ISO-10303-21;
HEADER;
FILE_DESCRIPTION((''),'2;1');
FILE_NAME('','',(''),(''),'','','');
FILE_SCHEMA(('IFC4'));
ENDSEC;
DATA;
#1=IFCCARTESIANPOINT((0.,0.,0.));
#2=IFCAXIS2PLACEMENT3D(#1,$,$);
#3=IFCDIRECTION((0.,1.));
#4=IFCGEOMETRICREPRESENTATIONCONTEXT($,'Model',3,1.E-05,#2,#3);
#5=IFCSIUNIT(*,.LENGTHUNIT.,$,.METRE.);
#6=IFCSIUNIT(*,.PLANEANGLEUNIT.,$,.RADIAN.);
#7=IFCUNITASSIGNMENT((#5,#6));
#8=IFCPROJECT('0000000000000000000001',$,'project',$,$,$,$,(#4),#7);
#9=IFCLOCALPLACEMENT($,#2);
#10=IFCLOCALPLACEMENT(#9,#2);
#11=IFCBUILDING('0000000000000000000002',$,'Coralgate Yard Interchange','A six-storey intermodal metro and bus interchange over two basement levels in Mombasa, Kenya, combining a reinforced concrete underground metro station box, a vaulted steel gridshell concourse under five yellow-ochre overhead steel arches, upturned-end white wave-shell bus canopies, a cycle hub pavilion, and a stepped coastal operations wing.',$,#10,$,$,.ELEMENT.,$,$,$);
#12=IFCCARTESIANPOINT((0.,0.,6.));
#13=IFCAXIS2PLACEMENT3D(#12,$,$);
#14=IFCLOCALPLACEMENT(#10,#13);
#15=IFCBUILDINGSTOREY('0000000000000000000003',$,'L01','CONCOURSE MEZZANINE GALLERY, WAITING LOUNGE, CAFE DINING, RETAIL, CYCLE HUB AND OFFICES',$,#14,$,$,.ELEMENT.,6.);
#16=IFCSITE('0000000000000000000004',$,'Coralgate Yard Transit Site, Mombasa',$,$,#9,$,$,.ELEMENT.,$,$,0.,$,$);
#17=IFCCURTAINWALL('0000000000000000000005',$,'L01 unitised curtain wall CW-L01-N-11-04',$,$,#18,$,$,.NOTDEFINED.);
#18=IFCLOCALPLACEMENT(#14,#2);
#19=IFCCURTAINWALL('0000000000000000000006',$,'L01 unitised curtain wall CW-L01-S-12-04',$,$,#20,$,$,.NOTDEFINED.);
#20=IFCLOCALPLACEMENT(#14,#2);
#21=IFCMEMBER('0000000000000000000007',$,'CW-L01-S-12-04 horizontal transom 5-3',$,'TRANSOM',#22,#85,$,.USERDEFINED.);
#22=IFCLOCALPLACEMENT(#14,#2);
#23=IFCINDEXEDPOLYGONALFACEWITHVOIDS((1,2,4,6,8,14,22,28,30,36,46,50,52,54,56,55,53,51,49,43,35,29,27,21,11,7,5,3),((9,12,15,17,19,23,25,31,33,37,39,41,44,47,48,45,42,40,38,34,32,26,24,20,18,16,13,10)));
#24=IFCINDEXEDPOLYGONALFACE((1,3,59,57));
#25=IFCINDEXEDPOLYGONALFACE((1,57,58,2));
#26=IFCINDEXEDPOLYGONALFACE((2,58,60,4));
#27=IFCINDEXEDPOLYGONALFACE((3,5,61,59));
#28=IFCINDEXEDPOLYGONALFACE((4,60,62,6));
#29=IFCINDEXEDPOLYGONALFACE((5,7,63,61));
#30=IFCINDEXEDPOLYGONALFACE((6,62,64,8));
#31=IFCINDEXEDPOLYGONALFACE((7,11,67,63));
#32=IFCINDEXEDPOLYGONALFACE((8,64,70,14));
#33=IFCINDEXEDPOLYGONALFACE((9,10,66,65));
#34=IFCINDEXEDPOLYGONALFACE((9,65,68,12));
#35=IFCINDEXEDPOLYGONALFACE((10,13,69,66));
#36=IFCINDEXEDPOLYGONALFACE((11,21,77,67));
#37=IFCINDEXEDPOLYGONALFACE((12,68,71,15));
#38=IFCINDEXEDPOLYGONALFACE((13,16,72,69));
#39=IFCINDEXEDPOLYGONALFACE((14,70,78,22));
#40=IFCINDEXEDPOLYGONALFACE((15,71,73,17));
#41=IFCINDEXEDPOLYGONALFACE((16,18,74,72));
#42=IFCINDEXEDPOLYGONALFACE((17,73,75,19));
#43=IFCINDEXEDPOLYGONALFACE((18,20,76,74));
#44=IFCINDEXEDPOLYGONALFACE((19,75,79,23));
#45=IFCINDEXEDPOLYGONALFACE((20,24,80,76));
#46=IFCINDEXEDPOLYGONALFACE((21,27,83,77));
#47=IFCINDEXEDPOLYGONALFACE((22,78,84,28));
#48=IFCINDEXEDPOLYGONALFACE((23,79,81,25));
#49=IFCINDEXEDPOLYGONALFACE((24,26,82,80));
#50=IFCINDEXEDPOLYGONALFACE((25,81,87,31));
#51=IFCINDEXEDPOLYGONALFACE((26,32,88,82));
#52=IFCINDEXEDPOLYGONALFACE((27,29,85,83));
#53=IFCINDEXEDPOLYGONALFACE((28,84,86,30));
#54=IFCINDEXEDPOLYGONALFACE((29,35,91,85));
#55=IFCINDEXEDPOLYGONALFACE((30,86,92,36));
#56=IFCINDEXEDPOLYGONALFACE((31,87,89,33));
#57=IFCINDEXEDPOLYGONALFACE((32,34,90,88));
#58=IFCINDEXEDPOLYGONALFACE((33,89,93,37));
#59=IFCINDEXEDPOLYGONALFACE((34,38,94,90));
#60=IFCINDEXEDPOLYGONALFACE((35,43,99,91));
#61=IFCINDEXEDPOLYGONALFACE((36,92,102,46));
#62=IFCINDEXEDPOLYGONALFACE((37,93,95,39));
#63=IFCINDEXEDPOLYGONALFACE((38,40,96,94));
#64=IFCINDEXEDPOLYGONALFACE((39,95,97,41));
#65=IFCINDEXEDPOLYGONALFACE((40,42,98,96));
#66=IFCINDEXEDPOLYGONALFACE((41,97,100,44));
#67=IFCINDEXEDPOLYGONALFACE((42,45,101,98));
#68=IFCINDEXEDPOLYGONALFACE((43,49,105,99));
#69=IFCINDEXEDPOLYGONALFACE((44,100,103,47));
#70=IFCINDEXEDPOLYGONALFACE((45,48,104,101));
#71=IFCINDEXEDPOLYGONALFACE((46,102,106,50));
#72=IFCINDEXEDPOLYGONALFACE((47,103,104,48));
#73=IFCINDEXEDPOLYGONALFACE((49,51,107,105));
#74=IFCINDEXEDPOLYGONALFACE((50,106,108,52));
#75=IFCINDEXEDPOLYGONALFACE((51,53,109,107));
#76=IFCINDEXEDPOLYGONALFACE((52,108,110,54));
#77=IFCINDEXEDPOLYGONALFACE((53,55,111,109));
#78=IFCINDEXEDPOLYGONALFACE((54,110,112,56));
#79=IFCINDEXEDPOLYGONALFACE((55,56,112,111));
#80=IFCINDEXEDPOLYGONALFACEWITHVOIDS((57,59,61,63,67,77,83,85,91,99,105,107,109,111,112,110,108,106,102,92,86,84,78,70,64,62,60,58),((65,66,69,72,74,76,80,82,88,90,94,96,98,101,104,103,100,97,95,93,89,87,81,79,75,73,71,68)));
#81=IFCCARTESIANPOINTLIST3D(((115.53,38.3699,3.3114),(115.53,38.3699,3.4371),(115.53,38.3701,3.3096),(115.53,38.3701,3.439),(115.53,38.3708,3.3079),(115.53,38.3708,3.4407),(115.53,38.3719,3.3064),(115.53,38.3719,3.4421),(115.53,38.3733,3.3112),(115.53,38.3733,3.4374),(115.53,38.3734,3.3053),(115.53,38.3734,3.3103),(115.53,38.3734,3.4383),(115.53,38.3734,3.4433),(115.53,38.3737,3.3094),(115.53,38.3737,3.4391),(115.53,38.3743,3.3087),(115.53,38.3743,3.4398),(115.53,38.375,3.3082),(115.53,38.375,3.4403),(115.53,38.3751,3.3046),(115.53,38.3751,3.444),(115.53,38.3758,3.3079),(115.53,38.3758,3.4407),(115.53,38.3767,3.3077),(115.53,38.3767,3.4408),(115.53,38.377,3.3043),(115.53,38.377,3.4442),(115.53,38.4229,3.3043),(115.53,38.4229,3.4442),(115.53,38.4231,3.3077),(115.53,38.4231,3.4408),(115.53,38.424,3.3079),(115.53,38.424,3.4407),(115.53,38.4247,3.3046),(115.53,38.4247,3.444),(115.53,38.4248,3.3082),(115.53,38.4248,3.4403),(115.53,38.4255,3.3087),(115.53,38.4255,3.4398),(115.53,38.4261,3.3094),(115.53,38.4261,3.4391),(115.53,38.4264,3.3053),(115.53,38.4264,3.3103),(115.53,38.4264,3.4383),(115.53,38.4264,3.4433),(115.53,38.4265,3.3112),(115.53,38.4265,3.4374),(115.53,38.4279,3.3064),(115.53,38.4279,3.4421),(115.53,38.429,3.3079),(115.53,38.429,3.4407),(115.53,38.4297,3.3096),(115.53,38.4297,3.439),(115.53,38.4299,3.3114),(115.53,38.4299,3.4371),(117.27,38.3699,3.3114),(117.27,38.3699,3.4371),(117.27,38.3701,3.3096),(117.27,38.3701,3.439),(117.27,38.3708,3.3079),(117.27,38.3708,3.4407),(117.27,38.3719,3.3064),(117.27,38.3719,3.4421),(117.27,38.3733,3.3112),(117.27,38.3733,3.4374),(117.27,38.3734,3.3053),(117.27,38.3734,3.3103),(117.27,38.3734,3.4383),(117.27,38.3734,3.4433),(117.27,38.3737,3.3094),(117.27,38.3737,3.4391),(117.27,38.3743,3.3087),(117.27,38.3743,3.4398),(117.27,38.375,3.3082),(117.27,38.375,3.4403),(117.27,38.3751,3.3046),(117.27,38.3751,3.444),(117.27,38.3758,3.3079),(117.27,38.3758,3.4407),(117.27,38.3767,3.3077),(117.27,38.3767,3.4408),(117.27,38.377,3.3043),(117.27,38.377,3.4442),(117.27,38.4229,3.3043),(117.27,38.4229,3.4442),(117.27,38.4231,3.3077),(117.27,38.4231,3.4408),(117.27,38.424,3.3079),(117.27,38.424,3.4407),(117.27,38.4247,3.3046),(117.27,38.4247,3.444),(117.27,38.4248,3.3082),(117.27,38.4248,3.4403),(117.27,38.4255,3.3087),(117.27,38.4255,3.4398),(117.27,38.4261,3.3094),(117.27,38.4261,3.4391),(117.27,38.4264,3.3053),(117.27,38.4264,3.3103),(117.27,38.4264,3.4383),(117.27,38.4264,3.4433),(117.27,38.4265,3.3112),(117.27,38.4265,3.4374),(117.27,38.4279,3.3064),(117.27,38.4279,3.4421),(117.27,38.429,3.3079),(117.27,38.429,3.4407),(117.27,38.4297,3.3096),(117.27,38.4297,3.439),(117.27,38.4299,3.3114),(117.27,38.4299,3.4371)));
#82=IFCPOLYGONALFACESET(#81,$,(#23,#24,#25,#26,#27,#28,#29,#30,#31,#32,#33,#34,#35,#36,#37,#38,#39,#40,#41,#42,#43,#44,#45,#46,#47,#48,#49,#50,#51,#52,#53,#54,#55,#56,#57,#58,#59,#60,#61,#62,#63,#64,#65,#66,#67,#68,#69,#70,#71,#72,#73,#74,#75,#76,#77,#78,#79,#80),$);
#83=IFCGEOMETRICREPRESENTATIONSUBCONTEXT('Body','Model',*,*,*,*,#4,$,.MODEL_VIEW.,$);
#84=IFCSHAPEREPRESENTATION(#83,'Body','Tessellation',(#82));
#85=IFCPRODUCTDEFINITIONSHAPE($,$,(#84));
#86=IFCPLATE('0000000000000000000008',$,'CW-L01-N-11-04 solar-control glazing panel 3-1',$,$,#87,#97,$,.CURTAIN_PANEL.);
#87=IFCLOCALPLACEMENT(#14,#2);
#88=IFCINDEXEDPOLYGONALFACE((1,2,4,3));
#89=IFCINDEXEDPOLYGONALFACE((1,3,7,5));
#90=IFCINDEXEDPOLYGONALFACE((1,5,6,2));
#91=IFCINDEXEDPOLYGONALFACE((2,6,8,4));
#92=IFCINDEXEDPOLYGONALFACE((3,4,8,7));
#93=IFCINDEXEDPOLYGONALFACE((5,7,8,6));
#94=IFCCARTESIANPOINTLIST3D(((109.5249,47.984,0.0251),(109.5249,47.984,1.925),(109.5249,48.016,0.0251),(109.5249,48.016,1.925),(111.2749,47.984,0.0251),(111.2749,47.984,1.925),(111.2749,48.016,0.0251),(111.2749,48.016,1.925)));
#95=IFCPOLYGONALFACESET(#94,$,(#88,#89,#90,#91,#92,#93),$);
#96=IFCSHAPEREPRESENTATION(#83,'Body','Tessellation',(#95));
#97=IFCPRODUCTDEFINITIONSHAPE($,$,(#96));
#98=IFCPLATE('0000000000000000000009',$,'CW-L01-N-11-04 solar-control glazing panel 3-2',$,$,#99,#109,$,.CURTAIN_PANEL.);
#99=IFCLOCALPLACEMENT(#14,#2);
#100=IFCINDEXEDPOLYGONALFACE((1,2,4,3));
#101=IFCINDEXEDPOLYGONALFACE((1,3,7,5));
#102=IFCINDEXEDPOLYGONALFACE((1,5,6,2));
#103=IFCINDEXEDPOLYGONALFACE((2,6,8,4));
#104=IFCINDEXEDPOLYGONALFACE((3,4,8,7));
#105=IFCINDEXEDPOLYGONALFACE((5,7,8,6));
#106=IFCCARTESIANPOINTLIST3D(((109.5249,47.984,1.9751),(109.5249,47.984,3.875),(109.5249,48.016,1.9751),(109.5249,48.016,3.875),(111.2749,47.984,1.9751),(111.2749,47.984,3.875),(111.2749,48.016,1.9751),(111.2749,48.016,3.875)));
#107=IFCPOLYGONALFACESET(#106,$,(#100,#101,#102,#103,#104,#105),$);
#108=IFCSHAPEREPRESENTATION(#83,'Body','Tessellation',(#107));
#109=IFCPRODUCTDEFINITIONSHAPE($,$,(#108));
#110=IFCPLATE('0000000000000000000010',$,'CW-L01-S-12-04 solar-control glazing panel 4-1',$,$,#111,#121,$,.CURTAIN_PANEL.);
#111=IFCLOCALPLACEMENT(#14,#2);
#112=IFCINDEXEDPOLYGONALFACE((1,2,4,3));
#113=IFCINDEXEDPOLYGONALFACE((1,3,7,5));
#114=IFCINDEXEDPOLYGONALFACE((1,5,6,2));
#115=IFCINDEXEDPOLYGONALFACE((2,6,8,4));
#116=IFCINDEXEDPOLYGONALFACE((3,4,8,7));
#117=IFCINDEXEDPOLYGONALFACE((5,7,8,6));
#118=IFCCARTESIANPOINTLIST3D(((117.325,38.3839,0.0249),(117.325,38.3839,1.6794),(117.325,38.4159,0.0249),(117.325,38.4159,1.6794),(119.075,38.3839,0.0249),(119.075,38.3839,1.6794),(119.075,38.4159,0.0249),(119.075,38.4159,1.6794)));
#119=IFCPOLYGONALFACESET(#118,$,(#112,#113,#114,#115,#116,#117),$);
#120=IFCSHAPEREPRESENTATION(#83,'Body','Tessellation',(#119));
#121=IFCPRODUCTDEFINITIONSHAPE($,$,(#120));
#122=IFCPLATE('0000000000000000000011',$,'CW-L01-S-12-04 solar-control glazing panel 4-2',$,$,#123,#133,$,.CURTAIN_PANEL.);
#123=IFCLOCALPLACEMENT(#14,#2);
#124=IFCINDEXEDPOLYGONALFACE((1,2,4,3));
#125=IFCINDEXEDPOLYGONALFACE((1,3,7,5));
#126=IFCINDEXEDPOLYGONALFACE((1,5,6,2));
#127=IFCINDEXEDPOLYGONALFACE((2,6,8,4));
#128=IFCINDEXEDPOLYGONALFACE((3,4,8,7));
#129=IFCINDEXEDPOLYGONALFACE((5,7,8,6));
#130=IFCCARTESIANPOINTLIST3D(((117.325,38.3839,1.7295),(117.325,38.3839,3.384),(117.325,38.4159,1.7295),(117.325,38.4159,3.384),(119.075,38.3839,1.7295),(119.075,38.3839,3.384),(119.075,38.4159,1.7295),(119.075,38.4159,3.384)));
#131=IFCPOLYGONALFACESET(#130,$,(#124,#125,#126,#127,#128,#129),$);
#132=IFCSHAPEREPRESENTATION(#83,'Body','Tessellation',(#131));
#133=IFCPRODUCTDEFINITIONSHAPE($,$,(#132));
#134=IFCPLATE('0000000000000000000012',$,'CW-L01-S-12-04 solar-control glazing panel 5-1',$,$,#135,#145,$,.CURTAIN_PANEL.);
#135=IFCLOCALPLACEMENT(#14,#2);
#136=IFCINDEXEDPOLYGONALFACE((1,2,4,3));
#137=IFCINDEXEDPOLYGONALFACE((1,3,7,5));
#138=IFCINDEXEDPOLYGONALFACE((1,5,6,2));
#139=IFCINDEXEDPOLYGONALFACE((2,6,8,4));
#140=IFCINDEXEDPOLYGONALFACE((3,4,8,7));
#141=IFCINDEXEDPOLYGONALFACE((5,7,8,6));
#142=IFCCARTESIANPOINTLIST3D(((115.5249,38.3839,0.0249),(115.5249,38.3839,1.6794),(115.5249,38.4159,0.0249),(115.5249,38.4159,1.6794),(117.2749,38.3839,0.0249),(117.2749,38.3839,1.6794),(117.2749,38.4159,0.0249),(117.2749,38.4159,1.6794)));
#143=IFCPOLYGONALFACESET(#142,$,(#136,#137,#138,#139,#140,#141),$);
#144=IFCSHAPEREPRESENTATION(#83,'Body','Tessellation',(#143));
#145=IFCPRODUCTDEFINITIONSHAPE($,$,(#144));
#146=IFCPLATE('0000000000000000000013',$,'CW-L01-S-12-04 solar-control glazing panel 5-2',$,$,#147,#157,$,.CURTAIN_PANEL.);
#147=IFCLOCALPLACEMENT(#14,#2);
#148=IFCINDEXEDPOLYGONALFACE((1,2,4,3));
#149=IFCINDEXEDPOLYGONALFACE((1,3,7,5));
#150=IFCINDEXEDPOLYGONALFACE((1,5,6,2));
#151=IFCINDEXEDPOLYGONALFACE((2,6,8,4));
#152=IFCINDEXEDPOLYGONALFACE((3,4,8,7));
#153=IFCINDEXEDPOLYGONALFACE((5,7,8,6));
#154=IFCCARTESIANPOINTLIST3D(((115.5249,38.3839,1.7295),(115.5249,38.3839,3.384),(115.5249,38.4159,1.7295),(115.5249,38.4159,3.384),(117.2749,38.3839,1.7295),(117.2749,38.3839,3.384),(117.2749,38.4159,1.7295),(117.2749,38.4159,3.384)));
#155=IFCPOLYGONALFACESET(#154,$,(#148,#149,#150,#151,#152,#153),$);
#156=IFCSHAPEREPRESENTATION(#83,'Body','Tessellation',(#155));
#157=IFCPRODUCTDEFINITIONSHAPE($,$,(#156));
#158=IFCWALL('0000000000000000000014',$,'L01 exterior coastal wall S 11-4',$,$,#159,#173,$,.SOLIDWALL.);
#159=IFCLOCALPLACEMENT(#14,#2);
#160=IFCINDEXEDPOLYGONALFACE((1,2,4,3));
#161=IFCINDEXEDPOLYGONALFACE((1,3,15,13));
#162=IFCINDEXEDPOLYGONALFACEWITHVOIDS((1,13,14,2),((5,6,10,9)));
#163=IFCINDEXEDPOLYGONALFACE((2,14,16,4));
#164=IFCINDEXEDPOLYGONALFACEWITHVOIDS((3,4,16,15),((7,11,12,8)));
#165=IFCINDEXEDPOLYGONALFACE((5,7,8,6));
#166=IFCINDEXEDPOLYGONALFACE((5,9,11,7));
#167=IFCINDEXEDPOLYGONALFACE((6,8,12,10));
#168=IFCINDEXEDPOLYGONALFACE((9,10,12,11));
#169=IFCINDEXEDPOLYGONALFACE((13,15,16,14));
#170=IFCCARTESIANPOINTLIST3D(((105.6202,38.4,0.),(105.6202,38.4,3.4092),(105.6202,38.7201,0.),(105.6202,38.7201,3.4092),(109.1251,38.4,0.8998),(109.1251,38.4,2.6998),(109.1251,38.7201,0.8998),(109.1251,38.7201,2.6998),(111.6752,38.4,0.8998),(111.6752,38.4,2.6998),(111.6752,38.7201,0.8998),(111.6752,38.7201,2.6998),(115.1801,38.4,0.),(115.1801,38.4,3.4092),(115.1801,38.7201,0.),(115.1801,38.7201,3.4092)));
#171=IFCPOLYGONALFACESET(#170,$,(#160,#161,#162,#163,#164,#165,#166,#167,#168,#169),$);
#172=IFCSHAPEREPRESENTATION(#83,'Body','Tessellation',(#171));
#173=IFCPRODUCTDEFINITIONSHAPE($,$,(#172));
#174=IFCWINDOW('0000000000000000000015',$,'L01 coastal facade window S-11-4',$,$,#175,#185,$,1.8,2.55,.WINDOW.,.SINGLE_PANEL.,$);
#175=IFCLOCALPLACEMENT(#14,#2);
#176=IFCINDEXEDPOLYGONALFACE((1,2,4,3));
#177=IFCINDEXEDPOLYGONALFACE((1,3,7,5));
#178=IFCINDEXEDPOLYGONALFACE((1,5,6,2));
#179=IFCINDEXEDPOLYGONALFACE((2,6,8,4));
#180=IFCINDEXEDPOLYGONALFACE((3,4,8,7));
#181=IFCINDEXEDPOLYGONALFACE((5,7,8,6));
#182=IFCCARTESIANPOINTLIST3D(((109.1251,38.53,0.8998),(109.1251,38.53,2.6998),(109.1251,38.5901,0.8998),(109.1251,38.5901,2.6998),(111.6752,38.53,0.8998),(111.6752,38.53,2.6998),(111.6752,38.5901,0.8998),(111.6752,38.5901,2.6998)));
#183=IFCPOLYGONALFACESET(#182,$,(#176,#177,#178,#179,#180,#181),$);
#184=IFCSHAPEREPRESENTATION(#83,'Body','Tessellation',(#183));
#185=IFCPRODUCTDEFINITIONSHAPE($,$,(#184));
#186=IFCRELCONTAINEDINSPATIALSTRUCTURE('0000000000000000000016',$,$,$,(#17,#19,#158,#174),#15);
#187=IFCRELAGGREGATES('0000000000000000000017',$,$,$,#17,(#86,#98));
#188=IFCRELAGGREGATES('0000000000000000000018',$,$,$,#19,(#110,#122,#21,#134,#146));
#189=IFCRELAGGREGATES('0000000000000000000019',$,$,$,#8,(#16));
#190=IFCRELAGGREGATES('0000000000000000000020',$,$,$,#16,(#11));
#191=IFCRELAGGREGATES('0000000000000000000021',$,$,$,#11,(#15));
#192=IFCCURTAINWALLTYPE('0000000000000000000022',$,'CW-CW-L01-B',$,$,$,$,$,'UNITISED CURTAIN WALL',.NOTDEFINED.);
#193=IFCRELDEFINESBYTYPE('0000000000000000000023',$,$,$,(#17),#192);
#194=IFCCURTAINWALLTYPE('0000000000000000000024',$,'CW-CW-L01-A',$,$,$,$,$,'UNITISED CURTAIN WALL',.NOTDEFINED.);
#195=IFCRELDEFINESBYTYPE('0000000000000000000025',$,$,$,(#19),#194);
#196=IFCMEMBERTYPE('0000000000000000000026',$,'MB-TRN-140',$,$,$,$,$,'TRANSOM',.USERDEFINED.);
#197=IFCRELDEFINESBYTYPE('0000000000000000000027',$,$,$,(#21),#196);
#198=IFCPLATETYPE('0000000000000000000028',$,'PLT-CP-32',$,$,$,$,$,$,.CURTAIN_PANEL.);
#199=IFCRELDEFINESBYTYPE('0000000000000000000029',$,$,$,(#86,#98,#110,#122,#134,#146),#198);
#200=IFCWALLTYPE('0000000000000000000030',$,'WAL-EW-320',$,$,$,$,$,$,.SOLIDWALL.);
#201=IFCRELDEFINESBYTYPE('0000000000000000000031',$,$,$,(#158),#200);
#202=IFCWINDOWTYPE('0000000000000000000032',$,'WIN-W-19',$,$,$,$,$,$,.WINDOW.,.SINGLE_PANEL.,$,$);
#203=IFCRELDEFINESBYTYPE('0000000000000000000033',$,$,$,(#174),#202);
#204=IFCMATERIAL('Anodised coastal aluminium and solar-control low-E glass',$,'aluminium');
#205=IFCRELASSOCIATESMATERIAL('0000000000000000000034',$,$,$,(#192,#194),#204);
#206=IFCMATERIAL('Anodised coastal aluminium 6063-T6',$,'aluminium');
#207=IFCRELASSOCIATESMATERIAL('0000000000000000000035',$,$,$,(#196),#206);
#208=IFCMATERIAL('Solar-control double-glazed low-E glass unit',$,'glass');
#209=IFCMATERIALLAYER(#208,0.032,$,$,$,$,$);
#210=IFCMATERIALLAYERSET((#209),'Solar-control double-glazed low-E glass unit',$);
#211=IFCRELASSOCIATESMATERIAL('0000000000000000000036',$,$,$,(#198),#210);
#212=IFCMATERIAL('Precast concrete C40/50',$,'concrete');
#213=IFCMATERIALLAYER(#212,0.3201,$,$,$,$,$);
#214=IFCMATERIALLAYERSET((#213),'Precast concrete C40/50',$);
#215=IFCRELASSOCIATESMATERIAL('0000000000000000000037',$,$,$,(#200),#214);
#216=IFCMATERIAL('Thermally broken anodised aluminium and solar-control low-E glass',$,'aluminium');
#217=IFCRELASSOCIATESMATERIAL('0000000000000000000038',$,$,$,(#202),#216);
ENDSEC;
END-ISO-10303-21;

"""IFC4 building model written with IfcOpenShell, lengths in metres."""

from ifc_helpers import new_model, si_unit, direction, frame, frame_2d, origin, origin_2d, place, context, subcontext, project, spatial, rectangle, hollow_rectangle, extrude, material, layer, layer_set, material_profile, profile_set, type_object, element, fill, aggregate, save


model = new_model("IFC4")

# Units and contexts
model_context = context("Model", 3, precision=1e-05, world=origin(), true_north=direction((0.0, 1.0)))
body_context = subcontext(model_context, "Body", "Model", "MODEL_VIEW")
ifc_project = project(units=[si_unit("LENGTHUNIT", "METRE"), si_unit("PLANEANGLEUNIT", "RADIAN")], contexts=[model_context])

# Site, building, storey
site_placement = place(None, origin())
site = spatial("IfcSite", under=ifc_project, at=site_placement, Name="Coralgate Yard Transit Site, Mombasa", CompositionType="ELEMENT", RefElevation=0.0)
building_placement = place(site_placement, origin())
building = spatial("IfcBuilding", under=site, at=building_placement, Name="Coralgate Yard Interchange", Description="A six-storey intermodal metro and bus interchange over two basement levels in Mombasa, Kenya, combining a reinforced concrete underground metro station box, a vaulted steel gridshell concourse under five yellow-ochre overhead steel arches, upturned-end white wave-shell bus canopies, a cycle hub pavilion, and a stepped coastal operations wing.", CompositionType="ELEMENT")
storey_placement = place(building_placement, frame((0.0, 0.0, 6.0)))
storey = spatial("IfcBuildingStorey", under=building, at=storey_placement, Name="L01", Description="CONCOURSE MEZZANINE GALLERY, WAITING LOUNGE, CAFE DINING, RETAIL, CYCLE HUB AND OFFICES", CompositionType="ELEMENT", Elevation=6.0)

# Curtain wall
ifc_material_1 = material(Name="Anodised coastal aluminium and solar-control low-E glass", Category="aluminium")
curtain_wall_type_1 = type_object("IfcCurtainWallType", Name="CW-CW-L01-B", ElementType="UNITISED CURTAIN WALL", PredefinedType="NOTDEFINED", material=ifc_material_1)
curtain_wall_1_placement = place(storey_placement, origin())
curtain_wall_1 = element("IfcCurtainWall", 1, at=curtain_wall_1_placement, inside=storey, type_object=curtain_wall_type_1, Name="L01 unitised curtain wall CW-L01-N-11-04", PredefinedType="NOTDEFINED")
ifc_material_2 = material(Name="Anodised coastal aluminium 6063-T6", Category="aluminium")

# Curtain wall
curtain_wall_type_2 = type_object("IfcCurtainWallType", Name="CW-CW-L01-A", ElementType="UNITISED CURTAIN WALL", PredefinedType="NOTDEFINED", material=ifc_material_1)
curtain_wall_2_placement = place(storey_placement, origin())
curtain_wall_2 = element("IfcCurtainWall", 2, at=curtain_wall_2_placement, inside=storey, type_object=curtain_wall_type_2, Name="L01 unitised curtain wall CW-L01-S-12-04", PredefinedType="NOTDEFINED")

# Member
ifc_material_profile_1 = material_profile(ifc_material_2, hollow_rectangle(XDim=0.0601, YDim=0.1399, WallThickness=0.0034, InnerFilletRadius=0.0034, OuterFilletRadius=0.0071, at=origin_2d()), Name="ALU 60x140x3.5")
ifc_profile_set_1 = profile_set([ifc_material_profile_1], Name="Anodised coastal aluminium 6063-T6")
member_type_1 = type_object("IfcMemberType", Name="MB-TRN-140", ElementType="TRANSOM", PredefinedType="USERDEFINED", material=ifc_profile_set_1)
member_1_placement = place(storey_placement, frame((117.27, 38.3999, 3.3743), z_axis=(-1.0, 0.0, 0.0), x_axis=(0.0, -1.0, 0.0)))
member_1 = element("IfcMember", 3, at=member_1_placement, type_object=member_type_1, Name="CW-L01-S-12-04 horizontal transom 5-3", ObjectType="TRANSOM", PredefinedType="USERDEFINED", context=body_context, shape_type="SweptSolid", body=[
    extrude(hollow_rectangle(XDim=0.0601, YDim=0.1399, WallThickness=0.0034, InnerFilletRadius=0.0034, OuterFilletRadius=0.0071, at=origin_2d()), origin(), (0.0, 0.0, 1.0), 1.74),
])

# Plates
ifc_material_3 = material(Name="Solar-control double-glazed low-E glass unit", Category="glass")
ifc_layer_1 = layer(ifc_material_3, 0.032)
ifc_layer_set_1 = layer_set([ifc_layer_1], Name="Solar-control double-glazed low-E glass unit")
plate_type = type_object("IfcPlateType", Name="PLT-CP-32", PredefinedType="CURTAIN_PANEL", material=ifc_layer_set_1)
plate_1_placement = place(storey_placement, frame((110.3999, 48.0, 0.0251), z_axis=(0.0, 0.0, 1.0), x_axis=(1.0, 0.0, 0.0)))
plate_1 = element("IfcPlate", 4, at=plate_1_placement, type_object=plate_type, Name="CW-L01-N-11-04 solar-control glazing panel 3-1", PredefinedType="CURTAIN_PANEL", context=body_context, shape_type="SweptSolid", body=[
    extrude(rectangle(XDim=1.75, YDim=0.032, at=origin_2d()), origin(), (0.0, 0.0, 1.0), 1.8999),
])
plate_2_placement = place(storey_placement, frame((110.3999, 48.0, 1.9751), z_axis=(0.0, 0.0, 1.0), x_axis=(1.0, 0.0, 0.0)))
plate_2 = element("IfcPlate", 5, at=plate_2_placement, type_object=plate_type, Name="CW-L01-N-11-04 solar-control glazing panel 3-2", PredefinedType="CURTAIN_PANEL", context=body_context, shape_type="SweptSolid", body=[
    extrude(rectangle(XDim=1.75, YDim=0.032, at=origin_2d()), origin(), (0.0, 0.0, 1.0), 1.8999),
])
aggregate(curtain_wall_1, [plate_1, plate_2])
plate_3_placement = place(storey_placement, frame((118.2, 38.3999, 0.0249), z_axis=(0.0, 0.0, 1.0), x_axis=(-1.0, 0.0, 0.0)))
plate_3 = element("IfcPlate", 6, at=plate_3_placement, type_object=plate_type, Name="CW-L01-S-12-04 solar-control glazing panel 4-1", PredefinedType="CURTAIN_PANEL", context=body_context, shape_type="SweptSolid", body=[
    extrude(rectangle(XDim=1.75, YDim=0.032, at=origin_2d()), origin(), (0.0, 0.0, 1.0), 1.6545),
])
plate_4_placement = place(storey_placement, frame((118.2, 38.3999, 1.7295), z_axis=(0.0, 0.0, 1.0), x_axis=(-1.0, 0.0, 0.0)))
plate_4 = element("IfcPlate", 7, at=plate_4_placement, type_object=plate_type, Name="CW-L01-S-12-04 solar-control glazing panel 4-2", PredefinedType="CURTAIN_PANEL", context=body_context, shape_type="SweptSolid", body=[
    extrude(rectangle(XDim=1.75, YDim=0.032, at=origin_2d()), origin(), (0.0, 0.0, 1.0), 1.6545),
])
plate_5_placement = place(storey_placement, frame((116.3999, 38.3999, 0.0249), z_axis=(0.0, 0.0, 1.0), x_axis=(-1.0, 0.0, 0.0)))
plate_5 = element("IfcPlate", 8, at=plate_5_placement, type_object=plate_type, Name="CW-L01-S-12-04 solar-control glazing panel 5-1", PredefinedType="CURTAIN_PANEL", context=body_context, shape_type="SweptSolid", body=[
    extrude(rectangle(XDim=1.75, YDim=0.032, at=origin_2d()), origin(), (0.0, 0.0, 1.0), 1.6545),
])
plate_6_placement = place(storey_placement, frame((116.3999, 38.3999, 1.7295), z_axis=(0.0, 0.0, 1.0), x_axis=(-1.0, 0.0, 0.0)))
plate_6 = element("IfcPlate", 9, at=plate_6_placement, type_object=plate_type, Name="CW-L01-S-12-04 solar-control glazing panel 5-2", PredefinedType="CURTAIN_PANEL", context=body_context, shape_type="SweptSolid", body=[
    extrude(rectangle(XDim=1.75, YDim=0.032, at=origin_2d()), origin(), (0.0, 0.0, 1.0), 1.6545),
])
aggregate(curtain_wall_2, [plate_3, plate_4, member_1, plate_5, plate_6])

# Wall, opening, window
ifc_material_4 = material(Name="Precast concrete C40/50", Category="concrete")
ifc_layer_2 = layer(ifc_material_4, 0.3201)
ifc_layer_set_2 = layer_set([ifc_layer_2], Name="Precast concrete C40/50")
wall_type_1 = type_object("IfcWallType", Name="WAL-EW-320", PredefinedType="SOLIDWALL", material=ifc_layer_set_2)
wall_1_placement = place(storey_placement, frame((115.1799, 38.5601, 0.0), z_axis=(0.0, 0.0, 1.0), x_axis=(-1.0, 0.0, 0.0)))
wall_1 = element("IfcWall", 10, at=wall_1_placement, inside=storey, type_object=wall_type_1, Name="L01 exterior coastal wall S 11-4", PredefinedType="SOLIDWALL", context=body_context, shape_type="SweptSolid", body=[
    extrude(rectangle(XDim=9.5598, YDim=0.3201, at=frame_2d((4.7798, 0.0))), origin(), (0.0, 0.0, 1.0), 3.4092),
])
opening_1_placement = place(wall_1_placement, frame((3.5049, 0.0, 0.8999)))
opening_1 = element("IfcOpeningElement", 11, at=opening_1_placement, cuts=wall_1, PredefinedType="OPENING", context=body_context, shape_type="SweptSolid", body=[
    extrude(rectangle(XDim=2.55, YDim=1.8, at=frame_2d((1.2749, 0.8999))), frame((0.0, 0.1699, 0.0), z_axis=(0.0, -1.0, 0.0), x_axis=(1.0, 0.0, 0.0)), (0.0, 0.0, 1.0), 0.3401),
])
ifc_material_5 = material(Name="Thermally broken anodised aluminium and solar-control low-E glass", Category="aluminium")
window_type = type_object("IfcWindowType", Name="WIN-W-19", PartitioningType="SINGLE_PANEL", PredefinedType="WINDOW", material=ifc_material_5)
window_placement = place(opening_1_placement, origin())
window = element("IfcWindow", 12, at=window_placement, inside=storey, type_object=window_type, Name="L01 coastal facade window S-11-4", OverallHeight=1.8, OverallWidth=2.55, PartitioningType="SINGLE_PANEL", PredefinedType="WINDOW", context=body_context, shape_type="SweptSolid", body=[
    extrude(rectangle(XDim=2.55, YDim=1.8, at=frame_2d((1.2749, 0.8999))), frame((0.0, 0.03, 0.0), z_axis=(0.0, -1.0, 0.0), x_axis=(1.0, 0.0, 0.0)), (0.0, 0.0, 1.0), 0.0601),
])
fill(opening_1, window)

save(model, "model.ifc")
